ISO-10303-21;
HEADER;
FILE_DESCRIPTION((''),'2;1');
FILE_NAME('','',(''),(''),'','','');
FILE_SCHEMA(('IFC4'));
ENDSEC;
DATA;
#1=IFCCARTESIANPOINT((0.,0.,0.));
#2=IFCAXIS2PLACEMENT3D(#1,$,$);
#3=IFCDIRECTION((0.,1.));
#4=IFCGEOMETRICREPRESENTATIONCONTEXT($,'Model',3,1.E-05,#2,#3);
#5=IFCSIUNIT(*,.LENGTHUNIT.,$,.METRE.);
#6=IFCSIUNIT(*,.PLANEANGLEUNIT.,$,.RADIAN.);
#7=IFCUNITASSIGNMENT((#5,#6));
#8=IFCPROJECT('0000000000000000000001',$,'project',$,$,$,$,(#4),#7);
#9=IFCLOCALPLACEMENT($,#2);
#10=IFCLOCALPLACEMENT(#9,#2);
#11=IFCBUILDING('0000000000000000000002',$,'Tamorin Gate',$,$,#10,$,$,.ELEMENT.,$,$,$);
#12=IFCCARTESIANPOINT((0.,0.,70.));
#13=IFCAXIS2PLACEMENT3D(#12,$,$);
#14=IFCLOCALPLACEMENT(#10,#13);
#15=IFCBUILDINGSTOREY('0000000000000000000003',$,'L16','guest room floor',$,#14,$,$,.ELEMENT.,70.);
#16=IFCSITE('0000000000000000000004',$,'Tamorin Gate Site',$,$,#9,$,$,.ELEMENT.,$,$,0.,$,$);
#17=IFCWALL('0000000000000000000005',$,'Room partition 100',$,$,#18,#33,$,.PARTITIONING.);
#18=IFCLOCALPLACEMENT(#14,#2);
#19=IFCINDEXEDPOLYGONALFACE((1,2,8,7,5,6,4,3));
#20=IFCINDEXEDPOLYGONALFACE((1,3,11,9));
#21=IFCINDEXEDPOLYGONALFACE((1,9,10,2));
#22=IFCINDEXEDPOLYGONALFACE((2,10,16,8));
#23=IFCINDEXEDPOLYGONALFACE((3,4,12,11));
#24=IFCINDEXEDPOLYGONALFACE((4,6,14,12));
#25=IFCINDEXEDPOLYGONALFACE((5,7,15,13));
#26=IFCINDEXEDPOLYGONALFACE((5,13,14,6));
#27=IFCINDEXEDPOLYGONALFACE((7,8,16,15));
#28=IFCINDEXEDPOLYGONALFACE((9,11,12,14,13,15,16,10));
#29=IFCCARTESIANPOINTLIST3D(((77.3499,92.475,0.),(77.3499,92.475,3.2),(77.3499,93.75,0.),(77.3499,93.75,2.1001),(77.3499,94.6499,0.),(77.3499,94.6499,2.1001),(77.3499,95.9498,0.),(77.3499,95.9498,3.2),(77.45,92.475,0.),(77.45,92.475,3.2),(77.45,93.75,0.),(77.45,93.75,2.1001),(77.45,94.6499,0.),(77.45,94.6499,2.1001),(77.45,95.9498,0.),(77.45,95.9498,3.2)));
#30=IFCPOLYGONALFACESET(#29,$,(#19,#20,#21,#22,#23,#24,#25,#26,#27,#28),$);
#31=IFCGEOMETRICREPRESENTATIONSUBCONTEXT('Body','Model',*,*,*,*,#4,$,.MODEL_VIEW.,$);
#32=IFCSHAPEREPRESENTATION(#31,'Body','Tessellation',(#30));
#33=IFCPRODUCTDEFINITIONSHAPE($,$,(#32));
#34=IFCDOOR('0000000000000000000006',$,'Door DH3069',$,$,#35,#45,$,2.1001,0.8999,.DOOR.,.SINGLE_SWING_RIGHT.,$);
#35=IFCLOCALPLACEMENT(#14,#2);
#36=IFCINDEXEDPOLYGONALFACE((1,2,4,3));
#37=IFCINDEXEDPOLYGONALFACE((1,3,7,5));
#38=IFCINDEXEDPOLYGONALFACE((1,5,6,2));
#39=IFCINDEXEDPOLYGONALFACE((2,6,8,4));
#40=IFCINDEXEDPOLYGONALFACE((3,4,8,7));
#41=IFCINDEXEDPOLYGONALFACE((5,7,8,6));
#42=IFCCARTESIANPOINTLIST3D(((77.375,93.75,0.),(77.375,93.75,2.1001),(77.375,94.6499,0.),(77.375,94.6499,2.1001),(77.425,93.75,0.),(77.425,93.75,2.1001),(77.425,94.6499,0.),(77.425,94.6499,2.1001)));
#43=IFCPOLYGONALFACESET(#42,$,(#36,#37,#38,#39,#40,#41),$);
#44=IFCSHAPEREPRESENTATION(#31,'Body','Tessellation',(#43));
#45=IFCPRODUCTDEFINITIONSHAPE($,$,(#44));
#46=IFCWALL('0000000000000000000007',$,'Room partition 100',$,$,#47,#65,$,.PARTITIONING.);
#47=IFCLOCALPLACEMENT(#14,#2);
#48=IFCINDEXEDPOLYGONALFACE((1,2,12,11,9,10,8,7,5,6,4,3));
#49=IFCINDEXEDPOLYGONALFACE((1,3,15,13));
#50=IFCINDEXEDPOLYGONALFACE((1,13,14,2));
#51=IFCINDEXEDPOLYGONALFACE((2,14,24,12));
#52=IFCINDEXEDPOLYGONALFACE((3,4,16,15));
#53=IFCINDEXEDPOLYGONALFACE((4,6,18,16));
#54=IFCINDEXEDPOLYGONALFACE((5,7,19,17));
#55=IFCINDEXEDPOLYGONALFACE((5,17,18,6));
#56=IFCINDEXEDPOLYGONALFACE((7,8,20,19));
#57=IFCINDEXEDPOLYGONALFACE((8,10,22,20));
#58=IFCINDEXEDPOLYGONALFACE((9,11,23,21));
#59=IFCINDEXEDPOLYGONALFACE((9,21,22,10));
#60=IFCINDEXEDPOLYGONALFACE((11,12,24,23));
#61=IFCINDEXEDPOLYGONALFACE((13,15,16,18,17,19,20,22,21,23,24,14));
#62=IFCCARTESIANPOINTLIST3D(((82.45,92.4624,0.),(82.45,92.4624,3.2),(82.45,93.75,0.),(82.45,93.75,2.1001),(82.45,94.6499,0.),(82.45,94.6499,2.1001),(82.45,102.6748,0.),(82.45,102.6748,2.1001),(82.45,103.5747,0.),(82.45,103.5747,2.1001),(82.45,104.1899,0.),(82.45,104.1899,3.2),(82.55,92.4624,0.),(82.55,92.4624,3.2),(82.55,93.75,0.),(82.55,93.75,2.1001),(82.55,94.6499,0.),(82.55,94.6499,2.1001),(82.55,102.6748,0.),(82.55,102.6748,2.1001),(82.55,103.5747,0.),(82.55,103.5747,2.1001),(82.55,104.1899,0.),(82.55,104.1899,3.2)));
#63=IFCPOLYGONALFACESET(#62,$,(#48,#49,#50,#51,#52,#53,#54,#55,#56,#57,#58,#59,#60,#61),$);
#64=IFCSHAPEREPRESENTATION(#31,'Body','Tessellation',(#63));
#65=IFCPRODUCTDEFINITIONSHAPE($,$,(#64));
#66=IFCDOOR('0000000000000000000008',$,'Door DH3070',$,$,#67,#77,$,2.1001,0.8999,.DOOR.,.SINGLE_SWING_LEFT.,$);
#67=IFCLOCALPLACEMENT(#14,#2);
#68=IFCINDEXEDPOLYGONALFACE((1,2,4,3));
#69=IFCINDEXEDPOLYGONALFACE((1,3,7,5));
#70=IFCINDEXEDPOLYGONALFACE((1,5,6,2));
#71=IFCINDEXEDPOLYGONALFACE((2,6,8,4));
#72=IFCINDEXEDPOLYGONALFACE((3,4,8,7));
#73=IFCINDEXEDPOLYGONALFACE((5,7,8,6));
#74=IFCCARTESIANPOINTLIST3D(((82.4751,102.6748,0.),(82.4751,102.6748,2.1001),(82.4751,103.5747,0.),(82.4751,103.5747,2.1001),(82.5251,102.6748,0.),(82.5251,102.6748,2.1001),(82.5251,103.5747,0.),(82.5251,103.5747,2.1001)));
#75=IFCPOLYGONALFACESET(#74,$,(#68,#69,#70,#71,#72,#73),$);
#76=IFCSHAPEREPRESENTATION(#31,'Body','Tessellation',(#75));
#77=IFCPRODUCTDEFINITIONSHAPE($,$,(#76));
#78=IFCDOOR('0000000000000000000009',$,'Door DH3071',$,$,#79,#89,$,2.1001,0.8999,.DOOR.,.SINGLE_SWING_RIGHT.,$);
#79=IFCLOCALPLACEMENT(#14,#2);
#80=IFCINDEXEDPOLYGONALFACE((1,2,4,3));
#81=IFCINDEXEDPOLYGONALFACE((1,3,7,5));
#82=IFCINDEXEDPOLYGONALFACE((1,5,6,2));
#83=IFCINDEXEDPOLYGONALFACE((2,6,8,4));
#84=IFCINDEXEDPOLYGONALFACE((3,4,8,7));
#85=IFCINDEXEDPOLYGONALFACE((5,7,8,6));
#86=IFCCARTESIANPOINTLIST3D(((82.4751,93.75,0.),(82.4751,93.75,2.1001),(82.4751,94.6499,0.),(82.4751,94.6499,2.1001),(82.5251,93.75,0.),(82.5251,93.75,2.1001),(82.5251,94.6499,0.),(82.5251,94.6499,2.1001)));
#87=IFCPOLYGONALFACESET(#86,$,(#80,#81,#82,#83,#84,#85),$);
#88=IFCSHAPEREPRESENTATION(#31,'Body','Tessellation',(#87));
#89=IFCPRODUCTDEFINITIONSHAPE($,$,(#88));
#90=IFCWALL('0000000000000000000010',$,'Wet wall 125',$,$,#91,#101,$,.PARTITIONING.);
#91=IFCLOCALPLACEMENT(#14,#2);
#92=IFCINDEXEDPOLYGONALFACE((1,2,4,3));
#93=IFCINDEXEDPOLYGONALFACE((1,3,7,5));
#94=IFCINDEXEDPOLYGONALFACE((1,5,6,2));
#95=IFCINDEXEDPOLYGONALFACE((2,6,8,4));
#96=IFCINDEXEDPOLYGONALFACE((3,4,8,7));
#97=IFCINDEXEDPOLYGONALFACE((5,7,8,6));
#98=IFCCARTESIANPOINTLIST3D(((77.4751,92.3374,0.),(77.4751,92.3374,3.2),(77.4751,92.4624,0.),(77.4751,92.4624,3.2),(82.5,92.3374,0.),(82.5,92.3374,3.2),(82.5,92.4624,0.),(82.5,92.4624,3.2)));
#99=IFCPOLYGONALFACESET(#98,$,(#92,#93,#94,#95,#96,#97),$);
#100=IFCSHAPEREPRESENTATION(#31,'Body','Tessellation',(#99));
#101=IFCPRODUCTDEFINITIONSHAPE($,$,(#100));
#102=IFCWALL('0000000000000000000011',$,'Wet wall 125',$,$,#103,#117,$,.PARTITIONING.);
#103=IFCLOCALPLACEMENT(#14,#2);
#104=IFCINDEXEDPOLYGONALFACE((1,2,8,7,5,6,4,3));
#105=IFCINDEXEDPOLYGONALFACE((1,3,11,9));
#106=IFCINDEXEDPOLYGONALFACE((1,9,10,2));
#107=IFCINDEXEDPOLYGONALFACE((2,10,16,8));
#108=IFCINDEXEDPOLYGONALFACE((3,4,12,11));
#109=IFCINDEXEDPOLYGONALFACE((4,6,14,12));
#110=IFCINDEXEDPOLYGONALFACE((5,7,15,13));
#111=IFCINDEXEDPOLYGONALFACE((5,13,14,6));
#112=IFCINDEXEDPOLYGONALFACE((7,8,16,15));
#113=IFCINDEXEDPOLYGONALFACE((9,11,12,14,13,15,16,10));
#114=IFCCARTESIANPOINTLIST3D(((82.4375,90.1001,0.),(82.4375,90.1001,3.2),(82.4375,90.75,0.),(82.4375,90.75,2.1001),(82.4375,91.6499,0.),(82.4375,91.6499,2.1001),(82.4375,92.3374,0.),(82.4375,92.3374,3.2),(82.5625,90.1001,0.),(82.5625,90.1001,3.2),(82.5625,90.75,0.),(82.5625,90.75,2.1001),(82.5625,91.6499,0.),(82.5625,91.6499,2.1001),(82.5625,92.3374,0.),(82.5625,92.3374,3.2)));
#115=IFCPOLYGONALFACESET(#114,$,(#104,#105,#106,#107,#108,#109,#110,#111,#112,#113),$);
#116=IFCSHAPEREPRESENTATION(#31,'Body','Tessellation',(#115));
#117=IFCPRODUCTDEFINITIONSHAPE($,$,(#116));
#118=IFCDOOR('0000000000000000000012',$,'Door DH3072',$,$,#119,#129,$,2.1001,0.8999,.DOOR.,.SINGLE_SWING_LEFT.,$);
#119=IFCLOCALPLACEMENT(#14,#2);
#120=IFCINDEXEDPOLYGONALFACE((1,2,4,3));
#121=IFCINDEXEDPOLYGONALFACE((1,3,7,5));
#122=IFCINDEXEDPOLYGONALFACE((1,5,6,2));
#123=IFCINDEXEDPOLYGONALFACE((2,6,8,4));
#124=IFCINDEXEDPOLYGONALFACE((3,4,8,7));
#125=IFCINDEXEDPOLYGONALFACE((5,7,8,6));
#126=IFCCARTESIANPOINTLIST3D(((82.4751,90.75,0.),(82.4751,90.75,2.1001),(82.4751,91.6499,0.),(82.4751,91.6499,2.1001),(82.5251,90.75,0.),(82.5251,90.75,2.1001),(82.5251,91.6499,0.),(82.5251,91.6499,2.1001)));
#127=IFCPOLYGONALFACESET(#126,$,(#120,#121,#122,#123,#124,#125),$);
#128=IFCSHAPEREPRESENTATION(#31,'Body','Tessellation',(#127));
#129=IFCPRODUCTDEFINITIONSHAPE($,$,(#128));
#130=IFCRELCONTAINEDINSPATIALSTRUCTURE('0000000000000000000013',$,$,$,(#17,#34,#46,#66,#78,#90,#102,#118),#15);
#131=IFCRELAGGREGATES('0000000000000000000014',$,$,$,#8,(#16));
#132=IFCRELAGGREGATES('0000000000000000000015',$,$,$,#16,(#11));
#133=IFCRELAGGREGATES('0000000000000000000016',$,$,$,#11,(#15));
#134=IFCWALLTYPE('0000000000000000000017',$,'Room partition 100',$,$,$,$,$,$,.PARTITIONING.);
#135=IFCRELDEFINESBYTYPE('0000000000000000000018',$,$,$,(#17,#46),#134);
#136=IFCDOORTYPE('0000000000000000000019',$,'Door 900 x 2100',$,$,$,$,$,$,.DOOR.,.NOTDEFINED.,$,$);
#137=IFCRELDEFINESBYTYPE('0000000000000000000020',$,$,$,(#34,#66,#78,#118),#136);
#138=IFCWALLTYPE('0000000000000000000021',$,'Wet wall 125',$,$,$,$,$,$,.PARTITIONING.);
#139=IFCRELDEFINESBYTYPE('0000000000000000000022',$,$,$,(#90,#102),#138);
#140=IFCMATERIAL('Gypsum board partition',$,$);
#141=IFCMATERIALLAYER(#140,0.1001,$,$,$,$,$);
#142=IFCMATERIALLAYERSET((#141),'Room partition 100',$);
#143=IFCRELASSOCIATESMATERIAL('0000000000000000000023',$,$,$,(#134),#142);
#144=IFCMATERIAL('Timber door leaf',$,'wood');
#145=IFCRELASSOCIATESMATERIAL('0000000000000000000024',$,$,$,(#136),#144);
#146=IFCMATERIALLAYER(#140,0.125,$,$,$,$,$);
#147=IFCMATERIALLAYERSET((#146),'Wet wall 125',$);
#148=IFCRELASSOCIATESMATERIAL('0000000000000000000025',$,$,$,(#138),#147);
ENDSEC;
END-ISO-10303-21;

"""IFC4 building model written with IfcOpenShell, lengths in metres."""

from ifc_helpers import new_model, si_unit, direction, frame, frame_2d, origin, place, context, subcontext, project, spatial, rectangle, extrude, material, layer, layer_set, type_object, element, fill, save


model = new_model("IFC4")

# Units and contexts
model_context = context("Model", 3, precision=1e-05, world=origin(), true_north=direction((0.0, 1.0)))
body_context = subcontext(model_context, "Body", "Model", "MODEL_VIEW")
ifc_project = project(units=[si_unit("LENGTHUNIT", "METRE"), si_unit("PLANEANGLEUNIT", "RADIAN")], contexts=[model_context])

# Site, building, storey
site_placement = place(None, origin())
site = spatial("IfcSite", under=ifc_project, at=site_placement, Name="Tamorin Gate Site", CompositionType="ELEMENT", RefElevation=0.0)
building_placement = place(site_placement, origin())
building = spatial("IfcBuilding", under=site, at=building_placement, Name="Tamorin Gate", CompositionType="ELEMENT")
storey_placement = place(building_placement, frame((0.0, 0.0, 70.0)))
storey = spatial("IfcBuildingStorey", under=building, at=storey_placement, Name="L16", Description="guest room floor", CompositionType="ELEMENT", Elevation=70.0)

# Shared definitions
ifc_material_1 = material(Name="Gypsum board partition")

# Wall, opening, door
ifc_layer_1 = layer(ifc_material_1, 0.1001)
ifc_layer_set_1 = layer_set([ifc_layer_1], Name="Room partition 100")
wall_type_1 = type_object("IfcWallType", Name="Room partition 100", PredefinedType="PARTITIONING", material=ifc_layer_set_1)
ifc_material_2 = material(Name="Timber door leaf", Category="wood")
door_type = type_object("IfcDoorType", Name="Door 900 x 2100", OperationType="NOTDEFINED", PredefinedType="DOOR", material=ifc_material_2)
wall_1_placement = place(storey_placement, frame((77.3999, 92.4751, 0.0), z_axis=(0.0, 0.0, 1.0), x_axis=(0.0, 1.0, 0.0)))
wall_1 = element("IfcWall", 1, at=wall_1_placement, inside=storey, type_object=wall_type_1, Name="Room partition 100", PredefinedType="PARTITIONING", context=body_context, shape_type="SweptSolid", body=[
    extrude(rectangle(XDim=3.4749, YDim=0.1001, at=frame_2d((1.7373, 0.0))), origin(), (0.0, 0.0, 1.0), 3.2),
])
opening_1_placement = place(wall_1_placement, frame((1.2749, 0.0, 0.0)))
opening_1 = element("IfcOpeningElement", 2, at=opening_1_placement, cuts=wall_1, PredefinedType="OPENING", context=body_context, shape_type="SweptSolid", body=[
    extrude(rectangle(XDim=0.8999, YDim=2.1001, at=frame_2d((0.45, 1.05))), frame((0.0, 0.0601, 0.0), z_axis=(0.0, -1.0, 0.0), x_axis=(1.0, 0.0, 0.0)), (0.0, 0.0, 1.0), 0.1201),
])
door_1_placement = place(opening_1_placement, origin())
door_1 = element("IfcDoor", 3, at=door_1_placement, inside=storey, type_object=door_type, Name="Door DH3069", OperationType="SINGLE_SWING_RIGHT", OverallHeight=2.1001, OverallWidth=0.8999, PredefinedType="DOOR", context=body_context, shape_type="SweptSolid", body=[
    extrude(rectangle(XDim=0.8999, YDim=2.1001, at=frame_2d((0.45, 1.05))), frame((0.0, 0.0249, 0.0), z_axis=(0.0, -1.0, 0.0), x_axis=(1.0, 0.0, 0.0)), (0.0, 0.0, 1.0), 0.05),
])
fill(opening_1, door_1)

# Wall, openings, doors
wall_2_placement = place(storey_placement, frame((82.5, 92.4624, 0.0), z_axis=(0.0, 0.0, 1.0), x_axis=(0.0, 1.0, 0.0)))
wall_2 = element("IfcWall", 4, at=wall_2_placement, inside=storey, type_object=wall_type_1, Name="Room partition 100", PredefinedType="PARTITIONING", context=body_context, shape_type="SweptSolid", body=[
    extrude(rectangle(XDim=11.7275, YDim=0.1001, at=frame_2d((5.8638, 0.0))), origin(), (0.0, 0.0, 1.0), 3.2),
])
opening_2_placement = place(wall_2_placement, frame((10.2124, 0.0, 0.0)))
opening_2 = element("IfcOpeningElement", 5, at=opening_2_placement, cuts=wall_2, PredefinedType="OPENING", context=body_context, shape_type="SweptSolid", body=[
    extrude(rectangle(XDim=0.8999, YDim=2.1001, at=frame_2d((0.45, 1.05))), frame((0.0, 0.0601, 0.0), z_axis=(0.0, -1.0, 0.0), x_axis=(1.0, 0.0, 0.0)), (0.0, 0.0, 1.0), 0.1201),
])
opening_3_placement = place(wall_2_placement, frame((1.2876, 0.0, 0.0)))
opening_3 = element("IfcOpeningElement", 6, at=opening_3_placement, cuts=wall_2, PredefinedType="OPENING", context=body_context, shape_type="SweptSolid", body=[
    extrude(rectangle(XDim=0.8999, YDim=2.1001, at=frame_2d((0.45, 1.05))), frame((0.0, 0.0601, 0.0), z_axis=(0.0, -1.0, 0.0), x_axis=(1.0, 0.0, 0.0)), (0.0, 0.0, 1.0), 0.1201),
])
door_2_placement = place(opening_2_placement, origin())
door_2 = element("IfcDoor", 7, at=door_2_placement, inside=storey, type_object=door_type, Name="Door DH3070", OperationType="SINGLE_SWING_LEFT", OverallHeight=2.1001, OverallWidth=0.8999, PredefinedType="DOOR", context=body_context, shape_type="SweptSolid", body=[
    extrude(rectangle(XDim=0.8999, YDim=2.1001, at=frame_2d((0.45, 1.05))), frame((0.0, 0.0249, 0.0), z_axis=(0.0, -1.0, 0.0), x_axis=(1.0, 0.0, 0.0)), (0.0, 0.0, 1.0), 0.05),
])
fill(opening_2, door_2)
door_3_placement = place(opening_3_placement, origin())
door_3 = element("IfcDoor", 8, at=door_3_placement, inside=storey, type_object=door_type, Name="Door DH3071", OperationType="SINGLE_SWING_RIGHT", OverallHeight=2.1001, OverallWidth=0.8999, PredefinedType="DOOR", context=body_context, shape_type="SweptSolid", body=[
    extrude(rectangle(XDim=0.8999, YDim=2.1001, at=frame_2d((0.45, 1.05))), frame((0.0, 0.0249, 0.0), z_axis=(0.0, -1.0, 0.0), x_axis=(1.0, 0.0, 0.0)), (0.0, 0.0, 1.0), 0.05),
])
fill(opening_3, door_3)

# Wall
ifc_layer_2 = layer(ifc_material_1, 0.125)
ifc_layer_set_2 = layer_set([ifc_layer_2], Name="Wet wall 125")
wall_type_2 = type_object("IfcWallType", Name="Wet wall 125", PredefinedType="PARTITIONING", material=ifc_layer_set_2)
wall_3_placement = place(storey_placement, frame((77.4751, 92.3999, 0.0), z_axis=(0.0, 0.0, 1.0), x_axis=(1.0, 0.0, 0.0)))
element("IfcWall", 9, at=wall_3_placement, inside=storey, type_object=wall_type_2, Name="Wet wall 125", PredefinedType="PARTITIONING", context=body_context, shape_type="SweptSolid", body=[
    extrude(rectangle(XDim=5.0249, YDim=0.125, at=frame_2d((2.5125, 0.0))), origin(), (0.0, 0.0, 1.0), 3.2),
])

# Wall, opening, door
wall_4_placement = place(storey_placement, frame((82.5, 90.1001, 0.0), z_axis=(0.0, 0.0, 1.0), x_axis=(0.0, 1.0, 0.0)))
wall_4 = element("IfcWall", 10, at=wall_4_placement, inside=storey, type_object=wall_type_2, Name="Wet wall 125", PredefinedType="PARTITIONING", context=body_context, shape_type="SweptSolid", body=[
    extrude(rectangle(XDim=2.2373, YDim=0.125, at=frame_2d((1.1187, 0.0))), origin(), (0.0, 0.0, 1.0), 3.2),
])
opening_4_placement = place(wall_4_placement, frame((0.6499, 0.0, 0.0)))
opening_4 = element("IfcOpeningElement", 11, at=opening_4_placement, cuts=wall_4, PredefinedType="OPENING", context=body_context, shape_type="SweptSolid", body=[
    extrude(rectangle(XDim=0.8999, YDim=2.1001, at=frame_2d((0.45, 1.05))), frame((0.0, 0.0725, 0.0), z_axis=(0.0, -1.0, 0.0), x_axis=(1.0, 0.0, 0.0)), (0.0, 0.0, 1.0), 0.145),
])
door_4_placement = place(opening_4_placement, origin())
door_4 = element("IfcDoor", 12, at=door_4_placement, inside=storey, type_object=door_type, Name="Door DH3072", OperationType="SINGLE_SWING_LEFT", OverallHeight=2.1001, OverallWidth=0.8999, PredefinedType="DOOR", context=body_context, shape_type="SweptSolid", body=[
    extrude(rectangle(XDim=0.8999, YDim=2.1001, at=frame_2d((0.45, 1.05))), frame((0.0, 0.0249, 0.0), z_axis=(0.0, -1.0, 0.0), x_axis=(1.0, 0.0, 0.0)), (0.0, 0.0, 1.0), 0.05),
])
fill(opening_4, door_4)

save(model, "model.ifc")
